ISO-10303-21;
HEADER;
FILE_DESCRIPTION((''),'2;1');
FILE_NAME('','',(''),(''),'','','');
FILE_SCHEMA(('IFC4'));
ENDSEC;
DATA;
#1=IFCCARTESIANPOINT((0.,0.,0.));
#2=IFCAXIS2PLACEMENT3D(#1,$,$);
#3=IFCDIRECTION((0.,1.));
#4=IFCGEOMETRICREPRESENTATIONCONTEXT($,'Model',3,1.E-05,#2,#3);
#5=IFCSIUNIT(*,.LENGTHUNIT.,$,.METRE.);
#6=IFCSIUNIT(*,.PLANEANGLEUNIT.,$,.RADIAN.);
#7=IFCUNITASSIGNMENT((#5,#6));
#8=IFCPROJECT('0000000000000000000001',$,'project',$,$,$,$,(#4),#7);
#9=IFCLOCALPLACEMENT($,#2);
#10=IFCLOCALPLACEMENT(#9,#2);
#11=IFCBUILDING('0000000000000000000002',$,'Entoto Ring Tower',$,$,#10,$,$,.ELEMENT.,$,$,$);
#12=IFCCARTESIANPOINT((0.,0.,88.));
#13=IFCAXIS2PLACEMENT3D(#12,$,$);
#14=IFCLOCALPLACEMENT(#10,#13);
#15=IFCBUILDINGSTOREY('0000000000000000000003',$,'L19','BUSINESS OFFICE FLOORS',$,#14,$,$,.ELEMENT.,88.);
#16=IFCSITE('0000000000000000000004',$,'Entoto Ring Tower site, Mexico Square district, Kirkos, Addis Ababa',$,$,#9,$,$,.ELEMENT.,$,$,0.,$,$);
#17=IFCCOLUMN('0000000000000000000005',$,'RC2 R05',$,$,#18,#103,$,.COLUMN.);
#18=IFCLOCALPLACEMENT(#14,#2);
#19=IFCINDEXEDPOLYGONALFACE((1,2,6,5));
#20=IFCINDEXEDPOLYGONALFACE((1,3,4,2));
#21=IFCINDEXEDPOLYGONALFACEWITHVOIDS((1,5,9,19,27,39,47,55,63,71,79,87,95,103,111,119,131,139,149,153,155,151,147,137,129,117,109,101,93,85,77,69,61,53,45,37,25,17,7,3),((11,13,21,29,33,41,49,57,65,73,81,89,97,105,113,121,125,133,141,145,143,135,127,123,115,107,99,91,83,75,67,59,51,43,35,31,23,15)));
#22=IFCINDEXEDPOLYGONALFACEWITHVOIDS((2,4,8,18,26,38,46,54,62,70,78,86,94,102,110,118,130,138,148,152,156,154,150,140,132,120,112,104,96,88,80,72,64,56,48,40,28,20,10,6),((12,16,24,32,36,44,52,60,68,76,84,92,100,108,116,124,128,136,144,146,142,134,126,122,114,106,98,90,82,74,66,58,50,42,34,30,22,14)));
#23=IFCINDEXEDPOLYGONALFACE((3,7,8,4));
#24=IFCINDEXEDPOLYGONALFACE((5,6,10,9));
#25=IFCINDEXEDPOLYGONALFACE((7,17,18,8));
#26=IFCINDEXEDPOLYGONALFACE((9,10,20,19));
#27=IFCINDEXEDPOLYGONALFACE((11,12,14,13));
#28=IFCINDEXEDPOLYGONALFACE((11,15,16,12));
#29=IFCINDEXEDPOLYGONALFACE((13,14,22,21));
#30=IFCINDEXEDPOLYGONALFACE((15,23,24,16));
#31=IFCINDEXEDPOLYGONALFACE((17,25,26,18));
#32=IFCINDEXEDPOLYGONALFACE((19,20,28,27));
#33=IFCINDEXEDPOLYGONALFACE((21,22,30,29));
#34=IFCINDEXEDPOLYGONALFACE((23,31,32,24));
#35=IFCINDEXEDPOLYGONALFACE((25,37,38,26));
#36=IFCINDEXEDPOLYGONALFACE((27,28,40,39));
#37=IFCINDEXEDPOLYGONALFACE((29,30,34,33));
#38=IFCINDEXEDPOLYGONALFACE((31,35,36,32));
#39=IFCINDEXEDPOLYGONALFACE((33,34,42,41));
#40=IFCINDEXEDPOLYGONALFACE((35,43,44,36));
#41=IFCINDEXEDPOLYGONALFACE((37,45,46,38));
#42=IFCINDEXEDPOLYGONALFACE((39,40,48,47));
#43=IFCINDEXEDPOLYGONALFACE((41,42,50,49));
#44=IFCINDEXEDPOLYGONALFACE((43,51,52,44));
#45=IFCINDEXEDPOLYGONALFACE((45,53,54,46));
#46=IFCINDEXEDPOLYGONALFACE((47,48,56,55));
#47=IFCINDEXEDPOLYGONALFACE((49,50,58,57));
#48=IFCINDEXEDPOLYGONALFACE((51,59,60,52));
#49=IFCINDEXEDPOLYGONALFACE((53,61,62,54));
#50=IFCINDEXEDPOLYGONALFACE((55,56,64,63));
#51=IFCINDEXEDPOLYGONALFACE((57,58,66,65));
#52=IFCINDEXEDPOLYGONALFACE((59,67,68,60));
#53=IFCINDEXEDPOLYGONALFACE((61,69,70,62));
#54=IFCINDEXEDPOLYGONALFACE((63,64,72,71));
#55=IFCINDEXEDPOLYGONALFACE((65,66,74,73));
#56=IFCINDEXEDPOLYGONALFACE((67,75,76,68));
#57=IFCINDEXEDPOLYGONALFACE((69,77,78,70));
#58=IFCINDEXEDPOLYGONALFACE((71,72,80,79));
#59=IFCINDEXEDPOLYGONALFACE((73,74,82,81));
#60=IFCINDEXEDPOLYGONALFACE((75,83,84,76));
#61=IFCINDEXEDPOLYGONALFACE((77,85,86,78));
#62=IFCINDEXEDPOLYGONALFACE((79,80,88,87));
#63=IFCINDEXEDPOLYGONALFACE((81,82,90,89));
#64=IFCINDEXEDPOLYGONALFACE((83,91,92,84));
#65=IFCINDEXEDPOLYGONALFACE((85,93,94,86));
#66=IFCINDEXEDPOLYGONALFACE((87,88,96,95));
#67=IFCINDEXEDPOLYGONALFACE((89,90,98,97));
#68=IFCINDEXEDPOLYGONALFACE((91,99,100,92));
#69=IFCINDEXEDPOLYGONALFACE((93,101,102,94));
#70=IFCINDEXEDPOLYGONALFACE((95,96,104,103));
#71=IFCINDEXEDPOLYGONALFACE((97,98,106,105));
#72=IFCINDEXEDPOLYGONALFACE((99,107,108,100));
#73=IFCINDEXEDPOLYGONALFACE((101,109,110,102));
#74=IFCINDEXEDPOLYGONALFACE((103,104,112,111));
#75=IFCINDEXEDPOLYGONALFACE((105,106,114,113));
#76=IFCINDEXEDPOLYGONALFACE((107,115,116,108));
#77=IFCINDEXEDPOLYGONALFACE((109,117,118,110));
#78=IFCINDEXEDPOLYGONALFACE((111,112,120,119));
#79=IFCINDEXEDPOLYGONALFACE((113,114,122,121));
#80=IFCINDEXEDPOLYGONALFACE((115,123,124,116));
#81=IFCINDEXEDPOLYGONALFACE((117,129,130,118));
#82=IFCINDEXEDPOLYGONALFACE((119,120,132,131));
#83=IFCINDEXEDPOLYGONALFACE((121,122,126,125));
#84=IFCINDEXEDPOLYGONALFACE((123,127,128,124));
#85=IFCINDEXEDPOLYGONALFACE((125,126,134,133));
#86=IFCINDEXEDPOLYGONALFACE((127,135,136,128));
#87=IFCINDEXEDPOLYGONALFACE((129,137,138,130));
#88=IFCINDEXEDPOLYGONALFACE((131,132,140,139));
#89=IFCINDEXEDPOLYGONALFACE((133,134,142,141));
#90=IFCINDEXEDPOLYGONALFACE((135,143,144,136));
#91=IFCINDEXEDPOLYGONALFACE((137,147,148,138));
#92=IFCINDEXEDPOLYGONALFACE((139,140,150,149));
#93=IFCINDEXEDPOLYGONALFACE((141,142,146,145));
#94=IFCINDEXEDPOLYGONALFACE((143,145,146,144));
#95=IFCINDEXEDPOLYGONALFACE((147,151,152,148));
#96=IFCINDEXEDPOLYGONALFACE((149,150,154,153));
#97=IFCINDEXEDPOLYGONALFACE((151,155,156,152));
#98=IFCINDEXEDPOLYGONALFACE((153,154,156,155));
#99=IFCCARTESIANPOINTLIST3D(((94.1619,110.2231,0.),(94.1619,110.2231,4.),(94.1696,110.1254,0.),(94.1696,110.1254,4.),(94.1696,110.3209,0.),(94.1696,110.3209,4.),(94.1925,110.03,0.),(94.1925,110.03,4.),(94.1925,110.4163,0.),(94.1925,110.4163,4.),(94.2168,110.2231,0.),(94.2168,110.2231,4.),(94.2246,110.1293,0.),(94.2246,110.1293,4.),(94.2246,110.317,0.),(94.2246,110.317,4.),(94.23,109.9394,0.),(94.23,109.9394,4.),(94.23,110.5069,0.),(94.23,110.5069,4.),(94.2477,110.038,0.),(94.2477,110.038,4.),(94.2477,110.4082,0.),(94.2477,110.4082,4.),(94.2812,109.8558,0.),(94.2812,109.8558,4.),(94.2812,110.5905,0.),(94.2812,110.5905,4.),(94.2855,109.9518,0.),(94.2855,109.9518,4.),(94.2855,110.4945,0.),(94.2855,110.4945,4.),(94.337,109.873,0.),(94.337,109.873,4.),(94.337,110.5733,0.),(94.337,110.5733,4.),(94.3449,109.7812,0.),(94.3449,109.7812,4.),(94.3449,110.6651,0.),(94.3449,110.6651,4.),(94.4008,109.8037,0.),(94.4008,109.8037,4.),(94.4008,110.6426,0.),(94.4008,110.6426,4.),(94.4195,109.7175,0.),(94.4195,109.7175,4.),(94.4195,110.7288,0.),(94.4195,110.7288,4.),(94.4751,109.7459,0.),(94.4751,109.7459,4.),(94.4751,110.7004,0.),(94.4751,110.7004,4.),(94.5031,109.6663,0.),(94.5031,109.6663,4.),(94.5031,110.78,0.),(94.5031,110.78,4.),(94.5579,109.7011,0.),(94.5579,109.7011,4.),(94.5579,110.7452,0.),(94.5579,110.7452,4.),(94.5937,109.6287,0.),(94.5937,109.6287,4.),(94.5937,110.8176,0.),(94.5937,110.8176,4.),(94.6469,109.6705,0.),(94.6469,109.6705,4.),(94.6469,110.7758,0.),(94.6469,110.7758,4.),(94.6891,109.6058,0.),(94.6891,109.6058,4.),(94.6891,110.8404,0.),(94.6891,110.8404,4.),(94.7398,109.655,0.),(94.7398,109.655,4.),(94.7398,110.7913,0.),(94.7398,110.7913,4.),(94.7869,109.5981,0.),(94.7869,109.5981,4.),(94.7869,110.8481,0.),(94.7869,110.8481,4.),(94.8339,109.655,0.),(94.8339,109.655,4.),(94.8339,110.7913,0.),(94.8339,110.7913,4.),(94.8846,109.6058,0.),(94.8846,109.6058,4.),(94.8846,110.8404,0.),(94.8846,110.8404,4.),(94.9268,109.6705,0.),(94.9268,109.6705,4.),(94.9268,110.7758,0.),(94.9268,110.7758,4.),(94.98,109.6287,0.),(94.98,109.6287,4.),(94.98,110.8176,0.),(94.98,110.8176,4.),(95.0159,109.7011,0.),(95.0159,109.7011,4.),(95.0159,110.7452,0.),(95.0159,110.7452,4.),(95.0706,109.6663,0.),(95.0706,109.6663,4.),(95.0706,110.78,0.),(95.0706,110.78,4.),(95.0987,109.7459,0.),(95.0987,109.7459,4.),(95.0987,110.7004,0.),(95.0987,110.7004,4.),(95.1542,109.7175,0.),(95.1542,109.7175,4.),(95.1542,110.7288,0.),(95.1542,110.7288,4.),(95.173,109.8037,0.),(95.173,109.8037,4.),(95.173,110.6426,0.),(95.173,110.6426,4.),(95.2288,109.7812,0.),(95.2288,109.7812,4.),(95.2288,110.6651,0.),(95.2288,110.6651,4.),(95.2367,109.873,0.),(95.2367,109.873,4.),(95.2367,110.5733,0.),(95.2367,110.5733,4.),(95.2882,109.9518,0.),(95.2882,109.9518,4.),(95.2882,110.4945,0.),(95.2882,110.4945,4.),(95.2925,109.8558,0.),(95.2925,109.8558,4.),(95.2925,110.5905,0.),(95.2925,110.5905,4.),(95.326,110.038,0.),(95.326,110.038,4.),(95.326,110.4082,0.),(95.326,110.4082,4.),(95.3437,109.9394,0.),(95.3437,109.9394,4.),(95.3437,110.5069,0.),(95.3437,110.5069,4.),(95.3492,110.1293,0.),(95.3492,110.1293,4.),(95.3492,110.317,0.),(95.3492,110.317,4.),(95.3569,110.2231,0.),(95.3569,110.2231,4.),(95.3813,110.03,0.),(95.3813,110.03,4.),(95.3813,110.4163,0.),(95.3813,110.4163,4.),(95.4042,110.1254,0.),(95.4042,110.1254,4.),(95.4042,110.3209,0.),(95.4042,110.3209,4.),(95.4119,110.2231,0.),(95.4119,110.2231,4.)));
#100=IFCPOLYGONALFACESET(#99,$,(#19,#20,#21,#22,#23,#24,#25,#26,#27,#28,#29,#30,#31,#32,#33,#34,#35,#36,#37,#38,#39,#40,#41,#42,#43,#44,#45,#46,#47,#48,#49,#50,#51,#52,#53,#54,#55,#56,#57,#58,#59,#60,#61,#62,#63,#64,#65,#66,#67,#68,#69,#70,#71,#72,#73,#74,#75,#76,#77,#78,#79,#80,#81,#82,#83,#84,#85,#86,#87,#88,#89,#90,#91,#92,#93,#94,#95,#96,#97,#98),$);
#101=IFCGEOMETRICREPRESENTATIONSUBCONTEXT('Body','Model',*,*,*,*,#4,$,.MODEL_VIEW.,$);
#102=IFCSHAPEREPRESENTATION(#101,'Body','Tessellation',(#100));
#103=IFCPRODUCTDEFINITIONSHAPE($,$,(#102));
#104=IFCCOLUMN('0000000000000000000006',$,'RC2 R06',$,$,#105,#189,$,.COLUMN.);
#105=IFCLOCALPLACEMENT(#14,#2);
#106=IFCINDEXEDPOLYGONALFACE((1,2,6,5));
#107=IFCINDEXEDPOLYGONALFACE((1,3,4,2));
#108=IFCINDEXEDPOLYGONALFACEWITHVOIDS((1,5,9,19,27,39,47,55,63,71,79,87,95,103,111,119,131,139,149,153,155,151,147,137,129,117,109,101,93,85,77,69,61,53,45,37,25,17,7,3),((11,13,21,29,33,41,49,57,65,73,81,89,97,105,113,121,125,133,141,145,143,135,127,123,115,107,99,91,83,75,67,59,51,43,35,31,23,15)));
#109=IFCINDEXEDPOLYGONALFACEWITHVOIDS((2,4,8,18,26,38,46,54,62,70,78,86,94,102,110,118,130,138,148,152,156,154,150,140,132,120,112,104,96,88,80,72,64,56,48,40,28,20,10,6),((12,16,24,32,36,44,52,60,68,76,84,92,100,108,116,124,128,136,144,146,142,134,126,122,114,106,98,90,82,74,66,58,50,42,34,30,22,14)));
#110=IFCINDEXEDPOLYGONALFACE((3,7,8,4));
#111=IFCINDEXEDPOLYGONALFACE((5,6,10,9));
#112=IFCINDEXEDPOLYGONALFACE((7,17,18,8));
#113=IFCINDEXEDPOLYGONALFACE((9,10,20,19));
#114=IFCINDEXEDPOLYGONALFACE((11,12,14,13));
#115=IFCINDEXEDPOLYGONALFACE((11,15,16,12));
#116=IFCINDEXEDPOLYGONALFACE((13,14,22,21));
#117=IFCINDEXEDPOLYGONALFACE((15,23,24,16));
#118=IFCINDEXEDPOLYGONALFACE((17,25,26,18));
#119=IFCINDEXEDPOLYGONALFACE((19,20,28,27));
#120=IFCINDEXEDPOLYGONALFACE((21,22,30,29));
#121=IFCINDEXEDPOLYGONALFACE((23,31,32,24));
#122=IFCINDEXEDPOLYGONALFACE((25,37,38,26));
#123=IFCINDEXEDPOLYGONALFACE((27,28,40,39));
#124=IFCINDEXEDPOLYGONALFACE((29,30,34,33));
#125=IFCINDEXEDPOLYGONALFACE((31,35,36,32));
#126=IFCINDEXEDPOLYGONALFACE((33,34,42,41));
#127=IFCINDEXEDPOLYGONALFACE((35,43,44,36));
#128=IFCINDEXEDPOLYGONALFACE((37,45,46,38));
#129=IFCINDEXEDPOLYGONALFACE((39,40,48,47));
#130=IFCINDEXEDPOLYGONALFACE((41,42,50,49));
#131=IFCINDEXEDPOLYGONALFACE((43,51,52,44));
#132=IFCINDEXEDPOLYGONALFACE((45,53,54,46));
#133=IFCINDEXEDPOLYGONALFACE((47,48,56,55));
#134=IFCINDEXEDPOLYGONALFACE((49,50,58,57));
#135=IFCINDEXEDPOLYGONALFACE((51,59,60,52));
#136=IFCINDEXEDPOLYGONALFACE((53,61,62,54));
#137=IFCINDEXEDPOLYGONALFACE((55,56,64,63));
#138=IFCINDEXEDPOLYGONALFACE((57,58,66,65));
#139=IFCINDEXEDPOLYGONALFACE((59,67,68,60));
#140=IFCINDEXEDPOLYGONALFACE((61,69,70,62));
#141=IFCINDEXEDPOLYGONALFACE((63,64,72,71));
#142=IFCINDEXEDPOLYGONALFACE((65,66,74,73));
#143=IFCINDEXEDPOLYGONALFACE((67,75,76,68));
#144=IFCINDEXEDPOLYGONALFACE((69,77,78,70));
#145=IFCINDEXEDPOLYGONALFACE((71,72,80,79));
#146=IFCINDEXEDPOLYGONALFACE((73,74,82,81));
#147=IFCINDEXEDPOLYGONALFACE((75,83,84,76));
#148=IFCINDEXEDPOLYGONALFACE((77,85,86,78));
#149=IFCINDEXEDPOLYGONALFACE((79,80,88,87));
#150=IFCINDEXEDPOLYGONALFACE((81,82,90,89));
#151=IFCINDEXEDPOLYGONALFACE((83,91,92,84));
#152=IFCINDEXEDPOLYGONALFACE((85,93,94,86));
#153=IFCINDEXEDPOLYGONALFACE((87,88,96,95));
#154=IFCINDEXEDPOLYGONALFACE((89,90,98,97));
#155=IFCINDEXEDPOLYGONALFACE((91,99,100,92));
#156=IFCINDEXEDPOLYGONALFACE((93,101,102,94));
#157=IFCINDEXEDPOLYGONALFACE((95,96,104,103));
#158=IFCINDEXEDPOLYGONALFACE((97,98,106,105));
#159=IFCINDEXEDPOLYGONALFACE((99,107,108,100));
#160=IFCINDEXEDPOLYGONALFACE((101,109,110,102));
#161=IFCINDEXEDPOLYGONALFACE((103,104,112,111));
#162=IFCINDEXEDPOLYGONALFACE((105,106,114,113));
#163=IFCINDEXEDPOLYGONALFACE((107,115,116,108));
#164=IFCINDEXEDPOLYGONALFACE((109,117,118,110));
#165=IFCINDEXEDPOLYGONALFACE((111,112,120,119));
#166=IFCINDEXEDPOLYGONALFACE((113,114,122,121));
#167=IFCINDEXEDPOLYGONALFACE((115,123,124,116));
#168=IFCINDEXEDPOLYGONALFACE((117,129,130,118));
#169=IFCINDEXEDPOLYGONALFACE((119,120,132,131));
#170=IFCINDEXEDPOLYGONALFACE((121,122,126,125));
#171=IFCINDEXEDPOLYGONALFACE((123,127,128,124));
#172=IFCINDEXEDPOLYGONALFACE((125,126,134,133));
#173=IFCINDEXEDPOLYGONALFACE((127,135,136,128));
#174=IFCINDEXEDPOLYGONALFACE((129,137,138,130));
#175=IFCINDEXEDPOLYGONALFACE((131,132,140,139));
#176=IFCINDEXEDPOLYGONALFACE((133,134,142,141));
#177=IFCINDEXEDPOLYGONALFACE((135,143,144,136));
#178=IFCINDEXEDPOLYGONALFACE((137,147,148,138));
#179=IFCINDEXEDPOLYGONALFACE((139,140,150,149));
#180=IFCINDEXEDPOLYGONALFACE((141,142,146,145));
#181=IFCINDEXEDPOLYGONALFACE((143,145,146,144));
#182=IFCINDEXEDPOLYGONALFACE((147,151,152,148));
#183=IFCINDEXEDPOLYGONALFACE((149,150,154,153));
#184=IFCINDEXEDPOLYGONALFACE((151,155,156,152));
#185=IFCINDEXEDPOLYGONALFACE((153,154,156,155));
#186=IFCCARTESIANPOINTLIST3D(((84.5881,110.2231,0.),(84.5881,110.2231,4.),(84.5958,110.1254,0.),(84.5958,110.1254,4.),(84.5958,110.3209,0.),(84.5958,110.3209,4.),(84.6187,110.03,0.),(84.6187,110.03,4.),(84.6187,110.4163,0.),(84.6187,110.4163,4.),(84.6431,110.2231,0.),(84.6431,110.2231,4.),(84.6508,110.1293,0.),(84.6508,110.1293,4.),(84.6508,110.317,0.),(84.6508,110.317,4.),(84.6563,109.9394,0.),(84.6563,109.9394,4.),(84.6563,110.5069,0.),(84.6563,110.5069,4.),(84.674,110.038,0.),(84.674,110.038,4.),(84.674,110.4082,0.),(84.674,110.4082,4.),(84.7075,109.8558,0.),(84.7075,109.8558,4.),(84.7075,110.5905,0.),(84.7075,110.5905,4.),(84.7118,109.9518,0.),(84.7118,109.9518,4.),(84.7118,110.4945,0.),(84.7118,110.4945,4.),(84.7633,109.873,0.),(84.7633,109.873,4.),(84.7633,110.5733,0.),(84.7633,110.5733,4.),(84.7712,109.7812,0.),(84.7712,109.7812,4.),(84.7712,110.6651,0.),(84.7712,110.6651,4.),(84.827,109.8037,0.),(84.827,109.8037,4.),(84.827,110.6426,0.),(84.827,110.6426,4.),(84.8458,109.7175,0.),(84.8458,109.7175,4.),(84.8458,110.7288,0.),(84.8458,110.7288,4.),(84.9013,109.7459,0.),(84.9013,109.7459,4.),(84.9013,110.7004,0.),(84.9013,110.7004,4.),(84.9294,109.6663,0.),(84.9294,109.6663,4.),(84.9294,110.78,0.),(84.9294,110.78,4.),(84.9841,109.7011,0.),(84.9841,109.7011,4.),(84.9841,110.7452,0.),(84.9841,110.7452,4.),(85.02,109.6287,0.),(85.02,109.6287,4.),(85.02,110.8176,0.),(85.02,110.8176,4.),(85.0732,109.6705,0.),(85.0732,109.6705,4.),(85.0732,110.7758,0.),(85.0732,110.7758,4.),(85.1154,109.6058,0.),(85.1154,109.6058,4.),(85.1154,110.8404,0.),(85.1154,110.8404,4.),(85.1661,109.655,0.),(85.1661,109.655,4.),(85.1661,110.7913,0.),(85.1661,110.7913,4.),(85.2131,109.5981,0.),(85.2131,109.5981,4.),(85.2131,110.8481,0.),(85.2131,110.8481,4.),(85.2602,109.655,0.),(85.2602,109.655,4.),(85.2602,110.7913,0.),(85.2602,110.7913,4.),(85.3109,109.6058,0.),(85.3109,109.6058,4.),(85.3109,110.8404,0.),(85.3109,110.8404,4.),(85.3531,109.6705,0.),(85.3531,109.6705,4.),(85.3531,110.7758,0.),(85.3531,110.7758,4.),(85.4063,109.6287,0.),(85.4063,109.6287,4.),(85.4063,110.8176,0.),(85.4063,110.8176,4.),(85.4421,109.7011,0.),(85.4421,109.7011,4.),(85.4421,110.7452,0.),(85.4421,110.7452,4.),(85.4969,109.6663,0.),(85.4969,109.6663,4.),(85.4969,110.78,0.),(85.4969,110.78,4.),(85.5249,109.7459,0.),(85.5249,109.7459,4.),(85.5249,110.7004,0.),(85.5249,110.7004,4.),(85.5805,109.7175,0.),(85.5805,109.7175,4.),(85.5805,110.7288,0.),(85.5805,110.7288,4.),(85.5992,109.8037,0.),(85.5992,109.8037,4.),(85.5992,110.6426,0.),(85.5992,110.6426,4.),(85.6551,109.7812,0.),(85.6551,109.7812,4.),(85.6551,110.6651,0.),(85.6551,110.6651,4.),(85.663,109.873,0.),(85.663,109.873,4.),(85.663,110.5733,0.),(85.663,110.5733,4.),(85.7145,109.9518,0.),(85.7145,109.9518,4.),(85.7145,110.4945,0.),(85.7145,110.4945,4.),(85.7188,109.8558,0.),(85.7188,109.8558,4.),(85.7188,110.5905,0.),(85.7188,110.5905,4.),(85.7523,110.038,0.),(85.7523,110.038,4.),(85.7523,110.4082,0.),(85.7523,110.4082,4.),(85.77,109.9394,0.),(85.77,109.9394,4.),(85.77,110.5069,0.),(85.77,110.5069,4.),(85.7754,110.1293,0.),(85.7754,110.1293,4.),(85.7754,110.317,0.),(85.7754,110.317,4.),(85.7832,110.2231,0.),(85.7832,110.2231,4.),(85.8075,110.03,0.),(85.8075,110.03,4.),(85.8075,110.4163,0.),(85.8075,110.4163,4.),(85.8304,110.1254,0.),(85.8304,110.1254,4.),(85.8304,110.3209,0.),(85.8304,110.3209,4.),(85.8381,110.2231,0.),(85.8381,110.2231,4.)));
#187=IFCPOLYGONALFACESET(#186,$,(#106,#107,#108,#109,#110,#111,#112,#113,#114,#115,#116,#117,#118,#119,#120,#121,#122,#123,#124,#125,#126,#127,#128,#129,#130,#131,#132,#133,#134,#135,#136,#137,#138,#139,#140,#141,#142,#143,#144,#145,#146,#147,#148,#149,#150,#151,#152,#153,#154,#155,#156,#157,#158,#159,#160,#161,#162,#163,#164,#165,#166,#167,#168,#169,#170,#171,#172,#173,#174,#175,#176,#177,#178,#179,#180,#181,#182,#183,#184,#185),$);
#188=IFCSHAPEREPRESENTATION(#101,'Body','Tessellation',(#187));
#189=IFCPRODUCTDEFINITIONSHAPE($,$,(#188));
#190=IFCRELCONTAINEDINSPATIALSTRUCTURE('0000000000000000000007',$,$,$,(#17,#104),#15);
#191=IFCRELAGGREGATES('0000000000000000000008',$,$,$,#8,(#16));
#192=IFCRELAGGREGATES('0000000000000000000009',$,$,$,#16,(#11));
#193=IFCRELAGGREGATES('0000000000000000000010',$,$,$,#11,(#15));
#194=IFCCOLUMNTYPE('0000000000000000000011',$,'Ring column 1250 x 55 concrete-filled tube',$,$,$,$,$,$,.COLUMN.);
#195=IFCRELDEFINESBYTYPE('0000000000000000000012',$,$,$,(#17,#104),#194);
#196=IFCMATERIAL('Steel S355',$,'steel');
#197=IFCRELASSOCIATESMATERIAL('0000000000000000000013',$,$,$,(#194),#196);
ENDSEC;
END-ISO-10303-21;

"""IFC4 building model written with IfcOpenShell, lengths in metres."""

from ifc_helpers import new_model, si_unit, direction, frame, origin, origin_2d, place, context, subcontext, project, spatial, circle, hollow_circle, extrude, material, material_profile, profile_set, type_object, element, save


model = new_model("IFC4")

# Units and contexts
model_context = context("Model", 3, precision=1e-05, world=origin(), true_north=direction((0.0, 1.0)))
body_context = subcontext(model_context, "Body", "Model", "MODEL_VIEW")
ifc_project = project(units=[si_unit("LENGTHUNIT", "METRE"), si_unit("PLANEANGLEUNIT", "RADIAN")], contexts=[model_context])

# Site, building, storey
site_placement = place(None, origin())
site = spatial("IfcSite", under=ifc_project, at=site_placement, Name="Entoto Ring Tower site, Mexico Square district, Kirkos, Addis Ababa", CompositionType="ELEMENT", RefElevation=0.0)
building_placement = place(site_placement, origin())
building = spatial("IfcBuilding", under=site, at=building_placement, Name="Entoto Ring Tower", CompositionType="ELEMENT")
storey_placement = place(building_placement, frame((0.0, 0.0, 88.0)))
storey = spatial("IfcBuildingStorey", under=building, at=storey_placement, Name="L19", Description="BUSINESS OFFICE FLOORS", CompositionType="ELEMENT", Elevation=88.0)

# Columns
ifc_material_1 = material(Name="Steel S355", Category="steel")
ifc_material_profile_1 = material_profile(ifc_material_1, hollow_circle(Radius=0.625, WallThickness=0.0549, at=origin_2d()), Name="CHS 1250 x 55")
ifc_material_2 = material(Name="Concrete C60/75", Category="concrete")
ifc_material_profile_2 = material_profile(ifc_material_2, circle(Radius=0.5701, at=origin_2d()), Name="Concrete C60/75 infill")
ifc_profile_set_1 = profile_set([ifc_material_profile_1, ifc_material_profile_2], Name="Steel S355")
column_type = type_object("IfcColumnType", Name="Ring column 1250 x 55 concrete-filled tube", PredefinedType="COLUMN", material=ifc_profile_set_1)
for number, where, z_axis, x_axis, name in (
    (1, (94.7869, 110.2231, 0.0), (0.0, 0.0, 1.0), (1.0, 0.0, 0.0), "RC2 R05"),
    (2, (85.2131, 110.2231, 0.0), (0.0, 0.0, 1.0), (1.0, 0.0, 0.0), "RC2 R06"),
):
    element("IfcColumn", number, at=place(storey_placement, frame(where, z_axis=z_axis, x_axis=x_axis)), inside=storey, type_object=column_type, Name=name, PredefinedType="COLUMN", context=body_context, shape_type="SweptSolid", body=[
        extrude(hollow_circle(Radius=0.625, WallThickness=0.0549, at=origin_2d()), origin(), (0.0, 0.0, 1.0), 4.0),
    ])

save(model, "model.ifc")
